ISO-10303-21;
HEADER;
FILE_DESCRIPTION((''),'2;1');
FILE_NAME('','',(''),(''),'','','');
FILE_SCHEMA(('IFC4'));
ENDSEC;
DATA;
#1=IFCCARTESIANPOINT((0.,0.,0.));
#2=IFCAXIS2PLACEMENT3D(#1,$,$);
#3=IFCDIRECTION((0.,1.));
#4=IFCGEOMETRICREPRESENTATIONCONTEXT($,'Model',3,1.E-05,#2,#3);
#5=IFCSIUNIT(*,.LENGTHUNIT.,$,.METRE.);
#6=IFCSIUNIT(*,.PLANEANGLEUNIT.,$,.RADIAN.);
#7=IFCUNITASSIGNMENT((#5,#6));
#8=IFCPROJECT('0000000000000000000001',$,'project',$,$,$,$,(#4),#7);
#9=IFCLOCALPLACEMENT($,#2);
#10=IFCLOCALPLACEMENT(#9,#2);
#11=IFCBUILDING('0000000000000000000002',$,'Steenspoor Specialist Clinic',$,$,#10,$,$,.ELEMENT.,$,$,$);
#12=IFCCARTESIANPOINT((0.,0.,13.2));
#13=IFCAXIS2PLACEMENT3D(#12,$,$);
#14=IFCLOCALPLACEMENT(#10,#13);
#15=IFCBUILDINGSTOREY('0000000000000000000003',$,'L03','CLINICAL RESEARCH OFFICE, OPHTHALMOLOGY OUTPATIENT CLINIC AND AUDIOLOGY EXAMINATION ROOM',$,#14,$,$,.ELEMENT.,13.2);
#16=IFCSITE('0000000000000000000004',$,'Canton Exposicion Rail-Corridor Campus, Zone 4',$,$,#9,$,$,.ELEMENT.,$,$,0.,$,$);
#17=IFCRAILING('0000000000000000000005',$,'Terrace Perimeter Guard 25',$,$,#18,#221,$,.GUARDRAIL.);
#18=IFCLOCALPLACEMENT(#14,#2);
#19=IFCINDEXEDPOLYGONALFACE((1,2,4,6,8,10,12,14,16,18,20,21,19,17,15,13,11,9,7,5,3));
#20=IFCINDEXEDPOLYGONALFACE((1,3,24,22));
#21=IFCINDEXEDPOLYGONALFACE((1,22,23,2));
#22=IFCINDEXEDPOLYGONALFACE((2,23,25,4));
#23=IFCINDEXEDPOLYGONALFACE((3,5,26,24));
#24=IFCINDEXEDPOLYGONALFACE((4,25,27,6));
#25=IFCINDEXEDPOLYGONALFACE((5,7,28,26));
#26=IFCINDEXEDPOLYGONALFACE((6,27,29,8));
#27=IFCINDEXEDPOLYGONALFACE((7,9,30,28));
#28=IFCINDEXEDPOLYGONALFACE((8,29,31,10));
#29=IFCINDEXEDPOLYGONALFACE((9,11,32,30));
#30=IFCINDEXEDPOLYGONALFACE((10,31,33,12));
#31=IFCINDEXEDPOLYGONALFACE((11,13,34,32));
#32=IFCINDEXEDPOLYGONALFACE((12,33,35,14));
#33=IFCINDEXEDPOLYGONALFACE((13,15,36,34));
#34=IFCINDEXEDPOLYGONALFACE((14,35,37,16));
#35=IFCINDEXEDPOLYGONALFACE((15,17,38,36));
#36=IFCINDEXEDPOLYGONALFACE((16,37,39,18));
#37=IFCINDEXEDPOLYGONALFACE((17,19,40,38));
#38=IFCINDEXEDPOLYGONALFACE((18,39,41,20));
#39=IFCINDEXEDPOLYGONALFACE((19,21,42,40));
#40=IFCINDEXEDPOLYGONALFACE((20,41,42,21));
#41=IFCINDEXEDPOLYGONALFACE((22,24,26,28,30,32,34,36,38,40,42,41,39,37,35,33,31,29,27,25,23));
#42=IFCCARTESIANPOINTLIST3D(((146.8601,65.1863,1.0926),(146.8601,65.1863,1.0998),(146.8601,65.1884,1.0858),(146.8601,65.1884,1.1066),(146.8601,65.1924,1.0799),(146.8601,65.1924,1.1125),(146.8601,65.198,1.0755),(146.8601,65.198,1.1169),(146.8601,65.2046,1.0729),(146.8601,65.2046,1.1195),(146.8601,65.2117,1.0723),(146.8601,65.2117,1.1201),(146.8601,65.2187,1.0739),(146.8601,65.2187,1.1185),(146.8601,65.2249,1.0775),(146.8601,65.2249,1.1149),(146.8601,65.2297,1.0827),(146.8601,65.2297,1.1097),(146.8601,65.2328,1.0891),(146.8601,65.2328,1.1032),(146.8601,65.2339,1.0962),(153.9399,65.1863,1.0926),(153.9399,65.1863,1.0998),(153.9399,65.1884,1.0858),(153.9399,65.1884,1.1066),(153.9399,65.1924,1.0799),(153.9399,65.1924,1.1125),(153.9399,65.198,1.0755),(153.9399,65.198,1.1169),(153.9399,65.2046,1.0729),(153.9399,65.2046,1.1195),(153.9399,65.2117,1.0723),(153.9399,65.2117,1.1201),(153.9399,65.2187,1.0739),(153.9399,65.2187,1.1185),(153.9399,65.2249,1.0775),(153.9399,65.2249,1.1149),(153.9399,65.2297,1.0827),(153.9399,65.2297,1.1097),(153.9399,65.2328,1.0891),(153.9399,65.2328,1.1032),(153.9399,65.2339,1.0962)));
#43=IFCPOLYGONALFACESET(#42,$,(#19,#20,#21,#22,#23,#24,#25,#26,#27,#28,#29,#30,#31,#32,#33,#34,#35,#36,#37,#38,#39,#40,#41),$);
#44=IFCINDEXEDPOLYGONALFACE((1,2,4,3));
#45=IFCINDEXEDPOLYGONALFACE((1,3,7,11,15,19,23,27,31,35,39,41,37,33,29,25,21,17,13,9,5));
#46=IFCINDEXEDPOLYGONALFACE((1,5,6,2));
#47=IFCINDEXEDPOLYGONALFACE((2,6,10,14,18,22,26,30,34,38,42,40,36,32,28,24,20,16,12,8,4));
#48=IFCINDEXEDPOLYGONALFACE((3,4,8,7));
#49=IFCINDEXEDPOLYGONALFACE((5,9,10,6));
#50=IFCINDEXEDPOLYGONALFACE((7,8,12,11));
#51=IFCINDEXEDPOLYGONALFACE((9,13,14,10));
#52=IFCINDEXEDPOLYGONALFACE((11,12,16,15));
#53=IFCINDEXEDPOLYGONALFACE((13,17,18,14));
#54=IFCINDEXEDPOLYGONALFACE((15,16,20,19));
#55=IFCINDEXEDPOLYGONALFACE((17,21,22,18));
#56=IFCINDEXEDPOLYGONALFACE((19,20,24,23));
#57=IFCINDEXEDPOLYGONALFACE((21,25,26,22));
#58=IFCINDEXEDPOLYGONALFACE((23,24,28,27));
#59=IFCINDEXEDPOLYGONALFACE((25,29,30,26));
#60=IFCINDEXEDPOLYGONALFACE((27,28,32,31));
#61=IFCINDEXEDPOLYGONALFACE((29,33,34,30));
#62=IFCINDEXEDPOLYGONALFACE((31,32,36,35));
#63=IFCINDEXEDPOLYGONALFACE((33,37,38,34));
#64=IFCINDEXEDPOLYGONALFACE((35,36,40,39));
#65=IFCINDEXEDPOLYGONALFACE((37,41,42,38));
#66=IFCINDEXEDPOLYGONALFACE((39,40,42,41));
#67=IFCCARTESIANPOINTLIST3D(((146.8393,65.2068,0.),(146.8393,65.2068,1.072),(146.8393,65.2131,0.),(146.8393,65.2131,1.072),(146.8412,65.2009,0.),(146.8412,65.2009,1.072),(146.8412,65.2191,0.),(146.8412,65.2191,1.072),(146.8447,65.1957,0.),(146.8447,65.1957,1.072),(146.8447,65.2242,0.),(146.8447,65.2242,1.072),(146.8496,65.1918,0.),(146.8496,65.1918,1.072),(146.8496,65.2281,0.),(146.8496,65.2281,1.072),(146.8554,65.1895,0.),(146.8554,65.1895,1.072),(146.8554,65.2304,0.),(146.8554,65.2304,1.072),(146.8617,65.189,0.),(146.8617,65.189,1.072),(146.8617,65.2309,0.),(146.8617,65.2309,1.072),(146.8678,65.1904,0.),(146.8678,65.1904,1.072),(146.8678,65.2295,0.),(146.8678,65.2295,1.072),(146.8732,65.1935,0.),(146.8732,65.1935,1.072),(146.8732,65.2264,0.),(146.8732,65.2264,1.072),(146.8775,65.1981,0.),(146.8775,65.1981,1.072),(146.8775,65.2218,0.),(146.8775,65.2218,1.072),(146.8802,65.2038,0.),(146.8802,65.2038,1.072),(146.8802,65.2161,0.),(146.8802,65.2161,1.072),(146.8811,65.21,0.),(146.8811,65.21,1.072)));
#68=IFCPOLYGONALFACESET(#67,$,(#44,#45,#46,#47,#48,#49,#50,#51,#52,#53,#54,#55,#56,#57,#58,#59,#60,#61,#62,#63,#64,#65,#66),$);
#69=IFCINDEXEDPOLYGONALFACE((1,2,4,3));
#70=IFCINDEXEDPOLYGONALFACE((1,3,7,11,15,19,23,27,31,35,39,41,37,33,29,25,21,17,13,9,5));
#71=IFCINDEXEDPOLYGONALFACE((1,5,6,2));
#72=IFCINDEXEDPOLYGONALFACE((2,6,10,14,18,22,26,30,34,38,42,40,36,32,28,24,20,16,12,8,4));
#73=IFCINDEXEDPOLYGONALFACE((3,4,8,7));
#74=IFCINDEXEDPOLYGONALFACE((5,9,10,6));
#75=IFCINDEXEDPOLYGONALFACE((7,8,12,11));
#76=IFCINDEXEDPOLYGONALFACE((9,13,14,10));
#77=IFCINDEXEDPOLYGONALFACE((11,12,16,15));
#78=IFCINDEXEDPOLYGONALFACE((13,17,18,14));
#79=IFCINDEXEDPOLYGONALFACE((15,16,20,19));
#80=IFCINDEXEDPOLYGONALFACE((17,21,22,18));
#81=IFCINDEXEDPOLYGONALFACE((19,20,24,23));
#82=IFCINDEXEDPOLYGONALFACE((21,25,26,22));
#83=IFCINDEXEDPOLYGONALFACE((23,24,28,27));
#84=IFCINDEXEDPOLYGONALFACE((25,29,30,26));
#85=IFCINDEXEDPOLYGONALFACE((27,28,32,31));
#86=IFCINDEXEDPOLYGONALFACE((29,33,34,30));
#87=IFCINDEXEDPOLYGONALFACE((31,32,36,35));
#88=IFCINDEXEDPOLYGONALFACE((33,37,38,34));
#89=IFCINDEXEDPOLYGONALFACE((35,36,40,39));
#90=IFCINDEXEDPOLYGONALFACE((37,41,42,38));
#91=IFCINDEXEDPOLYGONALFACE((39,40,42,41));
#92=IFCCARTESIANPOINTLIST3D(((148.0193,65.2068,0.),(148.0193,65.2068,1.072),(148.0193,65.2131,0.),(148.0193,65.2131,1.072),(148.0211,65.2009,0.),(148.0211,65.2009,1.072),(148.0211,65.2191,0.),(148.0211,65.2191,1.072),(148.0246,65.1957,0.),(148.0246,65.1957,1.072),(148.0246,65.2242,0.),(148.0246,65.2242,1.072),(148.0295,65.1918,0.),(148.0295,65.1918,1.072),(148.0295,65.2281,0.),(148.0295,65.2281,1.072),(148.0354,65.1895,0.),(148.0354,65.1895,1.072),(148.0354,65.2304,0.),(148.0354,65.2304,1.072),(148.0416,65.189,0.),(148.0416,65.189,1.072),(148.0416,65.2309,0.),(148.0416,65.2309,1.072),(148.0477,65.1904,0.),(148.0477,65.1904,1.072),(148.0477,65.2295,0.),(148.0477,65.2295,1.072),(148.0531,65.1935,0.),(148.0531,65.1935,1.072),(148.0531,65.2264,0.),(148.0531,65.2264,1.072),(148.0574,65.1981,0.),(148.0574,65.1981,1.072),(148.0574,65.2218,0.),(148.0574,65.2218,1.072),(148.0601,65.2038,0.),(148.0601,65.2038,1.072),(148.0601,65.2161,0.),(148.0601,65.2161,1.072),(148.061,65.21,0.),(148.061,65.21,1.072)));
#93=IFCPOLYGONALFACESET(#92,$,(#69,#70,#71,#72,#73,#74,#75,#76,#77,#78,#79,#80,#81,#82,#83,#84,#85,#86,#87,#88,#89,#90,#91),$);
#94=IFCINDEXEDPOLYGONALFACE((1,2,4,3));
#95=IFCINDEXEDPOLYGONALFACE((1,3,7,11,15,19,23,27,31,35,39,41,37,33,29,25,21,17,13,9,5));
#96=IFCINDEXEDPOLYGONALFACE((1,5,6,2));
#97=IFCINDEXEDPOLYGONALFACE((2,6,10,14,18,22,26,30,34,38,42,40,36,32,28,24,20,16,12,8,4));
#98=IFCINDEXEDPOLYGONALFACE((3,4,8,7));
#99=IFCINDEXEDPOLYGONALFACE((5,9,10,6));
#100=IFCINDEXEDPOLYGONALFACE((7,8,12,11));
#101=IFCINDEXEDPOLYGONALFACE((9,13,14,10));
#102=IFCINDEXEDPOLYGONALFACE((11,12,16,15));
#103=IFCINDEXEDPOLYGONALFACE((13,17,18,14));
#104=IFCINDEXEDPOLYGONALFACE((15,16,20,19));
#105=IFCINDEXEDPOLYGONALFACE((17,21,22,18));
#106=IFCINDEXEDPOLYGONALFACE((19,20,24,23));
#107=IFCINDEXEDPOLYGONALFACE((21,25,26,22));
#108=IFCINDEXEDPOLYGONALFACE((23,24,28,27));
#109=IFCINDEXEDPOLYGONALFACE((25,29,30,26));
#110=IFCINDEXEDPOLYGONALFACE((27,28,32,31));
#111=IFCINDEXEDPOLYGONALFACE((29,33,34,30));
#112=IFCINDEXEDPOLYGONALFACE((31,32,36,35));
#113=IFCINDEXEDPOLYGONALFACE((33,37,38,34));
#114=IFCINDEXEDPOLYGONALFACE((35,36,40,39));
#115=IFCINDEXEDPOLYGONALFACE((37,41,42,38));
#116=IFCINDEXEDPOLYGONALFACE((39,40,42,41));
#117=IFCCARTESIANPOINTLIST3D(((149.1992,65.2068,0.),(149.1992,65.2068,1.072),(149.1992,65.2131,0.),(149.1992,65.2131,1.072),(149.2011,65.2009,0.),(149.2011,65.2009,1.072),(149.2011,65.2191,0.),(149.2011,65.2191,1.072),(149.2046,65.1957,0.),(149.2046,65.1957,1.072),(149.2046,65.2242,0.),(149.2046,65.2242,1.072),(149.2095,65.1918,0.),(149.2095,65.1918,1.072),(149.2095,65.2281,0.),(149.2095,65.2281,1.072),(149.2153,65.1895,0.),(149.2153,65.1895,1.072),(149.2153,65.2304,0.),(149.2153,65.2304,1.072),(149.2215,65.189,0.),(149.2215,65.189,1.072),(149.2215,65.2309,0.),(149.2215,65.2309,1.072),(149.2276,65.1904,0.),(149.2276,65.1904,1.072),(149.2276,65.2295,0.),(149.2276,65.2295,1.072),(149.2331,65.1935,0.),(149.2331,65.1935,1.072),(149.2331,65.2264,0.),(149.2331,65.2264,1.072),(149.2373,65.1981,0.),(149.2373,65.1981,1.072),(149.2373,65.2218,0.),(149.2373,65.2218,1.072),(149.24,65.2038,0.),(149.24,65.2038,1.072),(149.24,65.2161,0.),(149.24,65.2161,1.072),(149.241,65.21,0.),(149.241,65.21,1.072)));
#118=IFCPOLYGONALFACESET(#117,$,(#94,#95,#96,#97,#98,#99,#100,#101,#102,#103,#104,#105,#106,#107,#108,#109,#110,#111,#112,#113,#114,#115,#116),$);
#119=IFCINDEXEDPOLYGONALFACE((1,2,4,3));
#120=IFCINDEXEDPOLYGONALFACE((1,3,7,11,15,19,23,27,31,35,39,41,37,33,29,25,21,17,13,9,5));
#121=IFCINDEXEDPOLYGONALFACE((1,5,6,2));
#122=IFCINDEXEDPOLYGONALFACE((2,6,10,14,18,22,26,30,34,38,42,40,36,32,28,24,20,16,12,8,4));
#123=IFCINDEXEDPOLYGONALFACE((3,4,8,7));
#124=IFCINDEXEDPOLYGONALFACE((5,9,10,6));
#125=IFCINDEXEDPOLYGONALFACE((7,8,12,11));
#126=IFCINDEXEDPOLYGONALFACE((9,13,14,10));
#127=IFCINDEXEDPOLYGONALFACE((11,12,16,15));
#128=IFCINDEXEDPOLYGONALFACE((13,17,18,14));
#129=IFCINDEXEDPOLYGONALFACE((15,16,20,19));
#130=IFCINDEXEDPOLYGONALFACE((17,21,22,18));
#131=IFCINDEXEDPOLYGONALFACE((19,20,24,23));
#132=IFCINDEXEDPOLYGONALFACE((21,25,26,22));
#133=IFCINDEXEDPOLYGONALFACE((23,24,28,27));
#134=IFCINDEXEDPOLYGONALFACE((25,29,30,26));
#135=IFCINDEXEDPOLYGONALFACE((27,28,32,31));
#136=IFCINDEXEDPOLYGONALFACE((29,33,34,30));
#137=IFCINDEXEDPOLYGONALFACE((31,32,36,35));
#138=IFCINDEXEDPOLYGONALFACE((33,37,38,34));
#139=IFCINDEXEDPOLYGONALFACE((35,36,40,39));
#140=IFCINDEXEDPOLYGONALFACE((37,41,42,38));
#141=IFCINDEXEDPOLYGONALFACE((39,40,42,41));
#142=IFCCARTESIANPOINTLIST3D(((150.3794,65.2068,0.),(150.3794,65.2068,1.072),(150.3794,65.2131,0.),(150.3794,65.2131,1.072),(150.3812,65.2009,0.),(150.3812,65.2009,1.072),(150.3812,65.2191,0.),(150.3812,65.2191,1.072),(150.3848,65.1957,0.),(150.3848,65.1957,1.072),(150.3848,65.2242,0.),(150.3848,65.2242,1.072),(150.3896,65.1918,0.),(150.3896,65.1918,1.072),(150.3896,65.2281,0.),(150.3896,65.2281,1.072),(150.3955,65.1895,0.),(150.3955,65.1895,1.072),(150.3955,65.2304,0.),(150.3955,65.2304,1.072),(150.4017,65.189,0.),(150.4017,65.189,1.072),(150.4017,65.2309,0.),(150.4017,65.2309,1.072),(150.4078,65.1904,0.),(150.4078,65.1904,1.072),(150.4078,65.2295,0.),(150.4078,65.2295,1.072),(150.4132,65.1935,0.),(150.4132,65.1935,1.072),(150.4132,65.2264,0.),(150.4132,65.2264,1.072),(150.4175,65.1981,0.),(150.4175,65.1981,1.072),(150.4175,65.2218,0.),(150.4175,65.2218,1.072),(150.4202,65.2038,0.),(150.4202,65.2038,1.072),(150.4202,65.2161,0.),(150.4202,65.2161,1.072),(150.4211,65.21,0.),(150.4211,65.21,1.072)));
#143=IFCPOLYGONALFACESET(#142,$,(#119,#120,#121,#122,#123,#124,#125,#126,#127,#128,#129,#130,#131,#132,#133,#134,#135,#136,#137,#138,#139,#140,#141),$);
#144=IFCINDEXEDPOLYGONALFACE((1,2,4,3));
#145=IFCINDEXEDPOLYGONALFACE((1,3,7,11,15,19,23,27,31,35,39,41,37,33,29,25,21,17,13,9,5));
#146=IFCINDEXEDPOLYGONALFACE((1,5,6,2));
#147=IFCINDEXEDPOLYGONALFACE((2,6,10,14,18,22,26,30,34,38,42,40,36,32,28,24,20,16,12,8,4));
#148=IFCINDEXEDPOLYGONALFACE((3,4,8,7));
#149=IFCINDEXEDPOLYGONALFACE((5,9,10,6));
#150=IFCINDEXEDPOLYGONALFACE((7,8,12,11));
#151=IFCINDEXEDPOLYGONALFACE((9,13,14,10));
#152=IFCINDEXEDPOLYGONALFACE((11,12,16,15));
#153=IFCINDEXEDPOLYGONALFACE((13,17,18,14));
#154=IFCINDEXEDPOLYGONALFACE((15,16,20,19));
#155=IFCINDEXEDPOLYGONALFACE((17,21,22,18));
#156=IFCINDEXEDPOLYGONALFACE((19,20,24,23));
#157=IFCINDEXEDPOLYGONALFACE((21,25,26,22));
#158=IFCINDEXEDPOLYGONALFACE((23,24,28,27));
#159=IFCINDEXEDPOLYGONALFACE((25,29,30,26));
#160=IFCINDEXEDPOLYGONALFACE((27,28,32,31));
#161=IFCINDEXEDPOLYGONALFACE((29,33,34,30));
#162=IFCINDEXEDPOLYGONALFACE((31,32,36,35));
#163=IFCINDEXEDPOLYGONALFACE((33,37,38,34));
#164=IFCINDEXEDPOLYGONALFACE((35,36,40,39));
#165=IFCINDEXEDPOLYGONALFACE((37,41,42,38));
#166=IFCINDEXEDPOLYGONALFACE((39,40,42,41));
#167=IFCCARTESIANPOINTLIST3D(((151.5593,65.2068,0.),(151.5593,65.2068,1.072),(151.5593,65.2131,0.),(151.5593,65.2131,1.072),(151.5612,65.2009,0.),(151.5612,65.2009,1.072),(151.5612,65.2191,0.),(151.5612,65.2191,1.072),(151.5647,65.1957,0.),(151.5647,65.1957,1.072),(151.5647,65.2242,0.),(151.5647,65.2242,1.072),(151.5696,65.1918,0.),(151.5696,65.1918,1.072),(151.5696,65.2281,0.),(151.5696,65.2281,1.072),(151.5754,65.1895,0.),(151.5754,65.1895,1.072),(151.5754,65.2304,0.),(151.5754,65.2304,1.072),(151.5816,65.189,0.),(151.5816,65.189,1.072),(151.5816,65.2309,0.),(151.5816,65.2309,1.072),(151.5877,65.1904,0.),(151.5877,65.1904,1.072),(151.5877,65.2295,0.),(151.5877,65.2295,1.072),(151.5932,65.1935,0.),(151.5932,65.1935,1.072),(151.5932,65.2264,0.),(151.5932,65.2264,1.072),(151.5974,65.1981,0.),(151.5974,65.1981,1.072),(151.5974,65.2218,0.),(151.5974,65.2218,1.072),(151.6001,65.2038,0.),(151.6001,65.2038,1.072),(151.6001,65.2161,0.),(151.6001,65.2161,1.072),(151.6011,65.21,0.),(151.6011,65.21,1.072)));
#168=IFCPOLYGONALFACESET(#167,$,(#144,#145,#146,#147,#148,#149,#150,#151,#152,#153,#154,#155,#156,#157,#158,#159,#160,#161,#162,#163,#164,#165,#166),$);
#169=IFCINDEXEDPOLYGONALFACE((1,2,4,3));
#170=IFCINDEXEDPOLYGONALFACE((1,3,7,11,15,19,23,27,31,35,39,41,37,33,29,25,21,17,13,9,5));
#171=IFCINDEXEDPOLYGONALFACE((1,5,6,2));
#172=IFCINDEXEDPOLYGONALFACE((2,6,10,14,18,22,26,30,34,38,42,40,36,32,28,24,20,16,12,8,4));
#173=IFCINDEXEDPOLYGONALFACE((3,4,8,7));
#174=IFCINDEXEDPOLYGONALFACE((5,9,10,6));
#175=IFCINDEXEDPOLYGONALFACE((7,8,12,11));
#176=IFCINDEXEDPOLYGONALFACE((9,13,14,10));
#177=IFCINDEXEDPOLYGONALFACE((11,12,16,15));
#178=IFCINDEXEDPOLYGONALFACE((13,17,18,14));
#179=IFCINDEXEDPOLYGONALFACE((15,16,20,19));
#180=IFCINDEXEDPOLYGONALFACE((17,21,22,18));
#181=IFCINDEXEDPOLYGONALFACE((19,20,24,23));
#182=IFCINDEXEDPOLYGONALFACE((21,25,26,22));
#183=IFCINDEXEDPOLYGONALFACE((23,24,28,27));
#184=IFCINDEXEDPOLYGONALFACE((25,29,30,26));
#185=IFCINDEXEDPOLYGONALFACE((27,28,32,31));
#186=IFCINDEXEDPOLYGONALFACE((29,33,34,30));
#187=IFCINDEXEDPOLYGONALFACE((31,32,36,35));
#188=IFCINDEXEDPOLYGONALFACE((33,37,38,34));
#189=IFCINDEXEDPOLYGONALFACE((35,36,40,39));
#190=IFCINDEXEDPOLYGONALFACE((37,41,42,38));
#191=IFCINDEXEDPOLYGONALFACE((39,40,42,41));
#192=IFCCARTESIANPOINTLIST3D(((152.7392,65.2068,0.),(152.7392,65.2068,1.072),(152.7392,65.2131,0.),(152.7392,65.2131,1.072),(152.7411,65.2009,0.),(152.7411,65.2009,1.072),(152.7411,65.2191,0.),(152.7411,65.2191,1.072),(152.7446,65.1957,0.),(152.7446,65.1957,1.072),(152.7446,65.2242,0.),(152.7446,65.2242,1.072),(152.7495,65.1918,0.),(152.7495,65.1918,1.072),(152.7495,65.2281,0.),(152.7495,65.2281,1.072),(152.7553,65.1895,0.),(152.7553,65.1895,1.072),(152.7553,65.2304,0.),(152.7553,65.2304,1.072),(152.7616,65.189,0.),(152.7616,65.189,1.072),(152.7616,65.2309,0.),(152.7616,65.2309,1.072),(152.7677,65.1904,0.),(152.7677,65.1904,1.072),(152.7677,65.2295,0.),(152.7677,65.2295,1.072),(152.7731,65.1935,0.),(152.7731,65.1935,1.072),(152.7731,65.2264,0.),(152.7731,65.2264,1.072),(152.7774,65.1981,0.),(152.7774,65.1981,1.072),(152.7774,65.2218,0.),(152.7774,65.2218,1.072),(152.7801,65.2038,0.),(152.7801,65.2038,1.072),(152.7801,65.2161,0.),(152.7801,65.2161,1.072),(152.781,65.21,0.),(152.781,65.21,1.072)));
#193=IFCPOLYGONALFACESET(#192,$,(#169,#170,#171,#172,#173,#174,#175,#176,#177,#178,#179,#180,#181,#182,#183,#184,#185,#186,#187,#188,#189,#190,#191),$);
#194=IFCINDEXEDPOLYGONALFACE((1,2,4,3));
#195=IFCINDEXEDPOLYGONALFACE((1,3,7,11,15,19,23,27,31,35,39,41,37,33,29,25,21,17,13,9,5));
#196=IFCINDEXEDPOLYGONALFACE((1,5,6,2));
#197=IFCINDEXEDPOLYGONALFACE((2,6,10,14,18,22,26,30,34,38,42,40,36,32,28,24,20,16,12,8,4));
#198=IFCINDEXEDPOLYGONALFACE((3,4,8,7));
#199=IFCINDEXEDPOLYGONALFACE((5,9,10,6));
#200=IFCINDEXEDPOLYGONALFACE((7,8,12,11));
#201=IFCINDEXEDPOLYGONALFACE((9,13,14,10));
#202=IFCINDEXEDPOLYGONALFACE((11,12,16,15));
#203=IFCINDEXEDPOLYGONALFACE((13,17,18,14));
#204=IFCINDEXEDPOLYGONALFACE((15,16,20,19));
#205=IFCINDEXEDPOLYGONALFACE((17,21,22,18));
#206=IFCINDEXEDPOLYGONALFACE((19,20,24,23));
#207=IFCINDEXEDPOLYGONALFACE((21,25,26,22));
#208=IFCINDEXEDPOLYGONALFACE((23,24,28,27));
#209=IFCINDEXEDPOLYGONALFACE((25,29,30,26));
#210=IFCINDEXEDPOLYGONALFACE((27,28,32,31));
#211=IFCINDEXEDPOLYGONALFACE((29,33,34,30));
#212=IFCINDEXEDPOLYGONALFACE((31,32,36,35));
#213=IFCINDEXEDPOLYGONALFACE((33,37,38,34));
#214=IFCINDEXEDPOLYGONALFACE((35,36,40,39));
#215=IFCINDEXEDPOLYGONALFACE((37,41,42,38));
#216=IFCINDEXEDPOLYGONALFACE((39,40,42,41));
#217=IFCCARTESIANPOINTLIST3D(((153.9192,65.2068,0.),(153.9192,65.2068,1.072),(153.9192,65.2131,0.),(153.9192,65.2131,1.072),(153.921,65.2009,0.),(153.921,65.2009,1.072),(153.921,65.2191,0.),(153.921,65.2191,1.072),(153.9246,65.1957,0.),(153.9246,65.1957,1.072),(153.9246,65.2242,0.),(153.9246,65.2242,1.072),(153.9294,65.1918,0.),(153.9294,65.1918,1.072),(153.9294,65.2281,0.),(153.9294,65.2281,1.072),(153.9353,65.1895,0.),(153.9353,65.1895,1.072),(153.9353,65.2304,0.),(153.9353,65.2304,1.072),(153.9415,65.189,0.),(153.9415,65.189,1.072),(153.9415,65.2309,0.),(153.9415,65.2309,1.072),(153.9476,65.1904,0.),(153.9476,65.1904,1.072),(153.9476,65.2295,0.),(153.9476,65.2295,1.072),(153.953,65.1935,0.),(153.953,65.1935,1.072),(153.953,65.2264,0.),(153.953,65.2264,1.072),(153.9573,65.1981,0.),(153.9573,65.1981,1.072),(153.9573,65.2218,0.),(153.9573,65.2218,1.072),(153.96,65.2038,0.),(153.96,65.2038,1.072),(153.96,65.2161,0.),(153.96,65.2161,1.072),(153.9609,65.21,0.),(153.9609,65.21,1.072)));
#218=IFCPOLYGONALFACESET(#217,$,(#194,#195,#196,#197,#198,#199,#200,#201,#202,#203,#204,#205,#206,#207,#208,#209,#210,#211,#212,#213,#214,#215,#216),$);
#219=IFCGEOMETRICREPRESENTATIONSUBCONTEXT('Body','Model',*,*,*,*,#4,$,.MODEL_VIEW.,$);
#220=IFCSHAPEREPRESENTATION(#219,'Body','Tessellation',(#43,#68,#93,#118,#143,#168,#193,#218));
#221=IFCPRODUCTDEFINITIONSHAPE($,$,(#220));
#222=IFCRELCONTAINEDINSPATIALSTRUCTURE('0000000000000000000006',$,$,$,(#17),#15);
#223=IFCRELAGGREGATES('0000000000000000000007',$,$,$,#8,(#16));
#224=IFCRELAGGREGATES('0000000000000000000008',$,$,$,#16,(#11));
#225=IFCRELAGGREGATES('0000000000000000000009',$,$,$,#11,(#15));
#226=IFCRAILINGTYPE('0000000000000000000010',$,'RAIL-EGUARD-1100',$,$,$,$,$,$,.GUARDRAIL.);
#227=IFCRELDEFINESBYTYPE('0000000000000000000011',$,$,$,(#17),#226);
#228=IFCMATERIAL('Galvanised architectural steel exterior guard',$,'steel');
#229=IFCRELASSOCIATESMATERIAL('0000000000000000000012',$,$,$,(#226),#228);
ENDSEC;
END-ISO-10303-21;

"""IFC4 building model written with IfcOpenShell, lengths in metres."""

from ifc_helpers import new_model, si_unit, direction, frame, origin, origin_2d, place, context, subcontext, project, spatial, circle, extrude, material, type_object, element, save


model = new_model("IFC4")

# Units and contexts
model_context = context("Model", 3, precision=1e-05, world=origin(), true_north=direction((0.0, 1.0)))
body_context = subcontext(model_context, "Body", "Model", "MODEL_VIEW")
ifc_project = project(units=[si_unit("LENGTHUNIT", "METRE"), si_unit("PLANEANGLEUNIT", "RADIAN")], contexts=[model_context])

# Site, building, storey
site_placement = place(None, origin())
site = spatial("IfcSite", under=ifc_project, at=site_placement, Name="Canton Exposicion Rail-Corridor Campus, Zone 4", CompositionType="ELEMENT", RefElevation=0.0)
building_placement = place(site_placement, origin())
building = spatial("IfcBuilding", under=site, at=building_placement, Name="Steenspoor Specialist Clinic", CompositionType="ELEMENT")
storey_placement = place(building_placement, frame((0.0, 0.0, 13.2)))
storey = spatial("IfcBuildingStorey", under=building, at=storey_placement, Name="L03", Description="CLINICAL RESEARCH OFFICE, OPHTHALMOLOGY OUTPATIENT CLINIC AND AUDIOLOGY EXAMINATION ROOM", CompositionType="ELEMENT", Elevation=13.2)

# Railing
ifc_material_1 = material(Name="Galvanised architectural steel exterior guard", Category="steel")
railing_type_1 = type_object("IfcRailingType", Name="RAIL-EGUARD-1100", PredefinedType="GUARDRAIL", material=ifc_material_1)
railing_1_placement = place(storey_placement, frame((146.8601, 65.21, 0.0)))
element("IfcRailing", 1, at=railing_1_placement, inside=storey, type_object=railing_type_1, Name="Terrace Perimeter Guard 25", PredefinedType="GUARDRAIL", context=body_context, shape_type="SweptSolid", body=[
    extrude(circle(Radius=0.0239, at=origin_2d()), frame((0.0, 0.0, 1.0962), z_axis=(1.0, 0.0, 0.0), x_axis=(0.0, 1.0, 0.0)), (0.0, 0.0, 1.0), 7.0798),
    extrude(circle(Radius=0.021, at=origin_2d()), origin(), (0.0, 0.0, 1.0), 1.072),
    extrude(circle(Radius=0.021, at=origin_2d()), frame((1.1799, 0.0, 0.0)), (0.0, 0.0, 1.0), 1.072),
    extrude(circle(Radius=0.021, at=origin_2d()), frame((2.3599, 0.0, 0.0)), (0.0, 0.0, 1.0), 1.072),
    extrude(circle(Radius=0.021, at=origin_2d()), frame((3.54, 0.0, 0.0)), (0.0, 0.0, 1.0), 1.072),
    extrude(circle(Radius=0.021, at=origin_2d()), frame((4.72, 0.0, 0.0)), (0.0, 0.0, 1.0), 1.072),
    extrude(circle(Radius=0.021, at=origin_2d()), frame((5.8999, 0.0, 0.0)), (0.0, 0.0, 1.0), 1.072),
    extrude(circle(Radius=0.021, at=origin_2d()), frame((7.0798, 0.0, 0.0)), (0.0, 0.0, 1.0), 1.072),
])

save(model, "model.ifc")
